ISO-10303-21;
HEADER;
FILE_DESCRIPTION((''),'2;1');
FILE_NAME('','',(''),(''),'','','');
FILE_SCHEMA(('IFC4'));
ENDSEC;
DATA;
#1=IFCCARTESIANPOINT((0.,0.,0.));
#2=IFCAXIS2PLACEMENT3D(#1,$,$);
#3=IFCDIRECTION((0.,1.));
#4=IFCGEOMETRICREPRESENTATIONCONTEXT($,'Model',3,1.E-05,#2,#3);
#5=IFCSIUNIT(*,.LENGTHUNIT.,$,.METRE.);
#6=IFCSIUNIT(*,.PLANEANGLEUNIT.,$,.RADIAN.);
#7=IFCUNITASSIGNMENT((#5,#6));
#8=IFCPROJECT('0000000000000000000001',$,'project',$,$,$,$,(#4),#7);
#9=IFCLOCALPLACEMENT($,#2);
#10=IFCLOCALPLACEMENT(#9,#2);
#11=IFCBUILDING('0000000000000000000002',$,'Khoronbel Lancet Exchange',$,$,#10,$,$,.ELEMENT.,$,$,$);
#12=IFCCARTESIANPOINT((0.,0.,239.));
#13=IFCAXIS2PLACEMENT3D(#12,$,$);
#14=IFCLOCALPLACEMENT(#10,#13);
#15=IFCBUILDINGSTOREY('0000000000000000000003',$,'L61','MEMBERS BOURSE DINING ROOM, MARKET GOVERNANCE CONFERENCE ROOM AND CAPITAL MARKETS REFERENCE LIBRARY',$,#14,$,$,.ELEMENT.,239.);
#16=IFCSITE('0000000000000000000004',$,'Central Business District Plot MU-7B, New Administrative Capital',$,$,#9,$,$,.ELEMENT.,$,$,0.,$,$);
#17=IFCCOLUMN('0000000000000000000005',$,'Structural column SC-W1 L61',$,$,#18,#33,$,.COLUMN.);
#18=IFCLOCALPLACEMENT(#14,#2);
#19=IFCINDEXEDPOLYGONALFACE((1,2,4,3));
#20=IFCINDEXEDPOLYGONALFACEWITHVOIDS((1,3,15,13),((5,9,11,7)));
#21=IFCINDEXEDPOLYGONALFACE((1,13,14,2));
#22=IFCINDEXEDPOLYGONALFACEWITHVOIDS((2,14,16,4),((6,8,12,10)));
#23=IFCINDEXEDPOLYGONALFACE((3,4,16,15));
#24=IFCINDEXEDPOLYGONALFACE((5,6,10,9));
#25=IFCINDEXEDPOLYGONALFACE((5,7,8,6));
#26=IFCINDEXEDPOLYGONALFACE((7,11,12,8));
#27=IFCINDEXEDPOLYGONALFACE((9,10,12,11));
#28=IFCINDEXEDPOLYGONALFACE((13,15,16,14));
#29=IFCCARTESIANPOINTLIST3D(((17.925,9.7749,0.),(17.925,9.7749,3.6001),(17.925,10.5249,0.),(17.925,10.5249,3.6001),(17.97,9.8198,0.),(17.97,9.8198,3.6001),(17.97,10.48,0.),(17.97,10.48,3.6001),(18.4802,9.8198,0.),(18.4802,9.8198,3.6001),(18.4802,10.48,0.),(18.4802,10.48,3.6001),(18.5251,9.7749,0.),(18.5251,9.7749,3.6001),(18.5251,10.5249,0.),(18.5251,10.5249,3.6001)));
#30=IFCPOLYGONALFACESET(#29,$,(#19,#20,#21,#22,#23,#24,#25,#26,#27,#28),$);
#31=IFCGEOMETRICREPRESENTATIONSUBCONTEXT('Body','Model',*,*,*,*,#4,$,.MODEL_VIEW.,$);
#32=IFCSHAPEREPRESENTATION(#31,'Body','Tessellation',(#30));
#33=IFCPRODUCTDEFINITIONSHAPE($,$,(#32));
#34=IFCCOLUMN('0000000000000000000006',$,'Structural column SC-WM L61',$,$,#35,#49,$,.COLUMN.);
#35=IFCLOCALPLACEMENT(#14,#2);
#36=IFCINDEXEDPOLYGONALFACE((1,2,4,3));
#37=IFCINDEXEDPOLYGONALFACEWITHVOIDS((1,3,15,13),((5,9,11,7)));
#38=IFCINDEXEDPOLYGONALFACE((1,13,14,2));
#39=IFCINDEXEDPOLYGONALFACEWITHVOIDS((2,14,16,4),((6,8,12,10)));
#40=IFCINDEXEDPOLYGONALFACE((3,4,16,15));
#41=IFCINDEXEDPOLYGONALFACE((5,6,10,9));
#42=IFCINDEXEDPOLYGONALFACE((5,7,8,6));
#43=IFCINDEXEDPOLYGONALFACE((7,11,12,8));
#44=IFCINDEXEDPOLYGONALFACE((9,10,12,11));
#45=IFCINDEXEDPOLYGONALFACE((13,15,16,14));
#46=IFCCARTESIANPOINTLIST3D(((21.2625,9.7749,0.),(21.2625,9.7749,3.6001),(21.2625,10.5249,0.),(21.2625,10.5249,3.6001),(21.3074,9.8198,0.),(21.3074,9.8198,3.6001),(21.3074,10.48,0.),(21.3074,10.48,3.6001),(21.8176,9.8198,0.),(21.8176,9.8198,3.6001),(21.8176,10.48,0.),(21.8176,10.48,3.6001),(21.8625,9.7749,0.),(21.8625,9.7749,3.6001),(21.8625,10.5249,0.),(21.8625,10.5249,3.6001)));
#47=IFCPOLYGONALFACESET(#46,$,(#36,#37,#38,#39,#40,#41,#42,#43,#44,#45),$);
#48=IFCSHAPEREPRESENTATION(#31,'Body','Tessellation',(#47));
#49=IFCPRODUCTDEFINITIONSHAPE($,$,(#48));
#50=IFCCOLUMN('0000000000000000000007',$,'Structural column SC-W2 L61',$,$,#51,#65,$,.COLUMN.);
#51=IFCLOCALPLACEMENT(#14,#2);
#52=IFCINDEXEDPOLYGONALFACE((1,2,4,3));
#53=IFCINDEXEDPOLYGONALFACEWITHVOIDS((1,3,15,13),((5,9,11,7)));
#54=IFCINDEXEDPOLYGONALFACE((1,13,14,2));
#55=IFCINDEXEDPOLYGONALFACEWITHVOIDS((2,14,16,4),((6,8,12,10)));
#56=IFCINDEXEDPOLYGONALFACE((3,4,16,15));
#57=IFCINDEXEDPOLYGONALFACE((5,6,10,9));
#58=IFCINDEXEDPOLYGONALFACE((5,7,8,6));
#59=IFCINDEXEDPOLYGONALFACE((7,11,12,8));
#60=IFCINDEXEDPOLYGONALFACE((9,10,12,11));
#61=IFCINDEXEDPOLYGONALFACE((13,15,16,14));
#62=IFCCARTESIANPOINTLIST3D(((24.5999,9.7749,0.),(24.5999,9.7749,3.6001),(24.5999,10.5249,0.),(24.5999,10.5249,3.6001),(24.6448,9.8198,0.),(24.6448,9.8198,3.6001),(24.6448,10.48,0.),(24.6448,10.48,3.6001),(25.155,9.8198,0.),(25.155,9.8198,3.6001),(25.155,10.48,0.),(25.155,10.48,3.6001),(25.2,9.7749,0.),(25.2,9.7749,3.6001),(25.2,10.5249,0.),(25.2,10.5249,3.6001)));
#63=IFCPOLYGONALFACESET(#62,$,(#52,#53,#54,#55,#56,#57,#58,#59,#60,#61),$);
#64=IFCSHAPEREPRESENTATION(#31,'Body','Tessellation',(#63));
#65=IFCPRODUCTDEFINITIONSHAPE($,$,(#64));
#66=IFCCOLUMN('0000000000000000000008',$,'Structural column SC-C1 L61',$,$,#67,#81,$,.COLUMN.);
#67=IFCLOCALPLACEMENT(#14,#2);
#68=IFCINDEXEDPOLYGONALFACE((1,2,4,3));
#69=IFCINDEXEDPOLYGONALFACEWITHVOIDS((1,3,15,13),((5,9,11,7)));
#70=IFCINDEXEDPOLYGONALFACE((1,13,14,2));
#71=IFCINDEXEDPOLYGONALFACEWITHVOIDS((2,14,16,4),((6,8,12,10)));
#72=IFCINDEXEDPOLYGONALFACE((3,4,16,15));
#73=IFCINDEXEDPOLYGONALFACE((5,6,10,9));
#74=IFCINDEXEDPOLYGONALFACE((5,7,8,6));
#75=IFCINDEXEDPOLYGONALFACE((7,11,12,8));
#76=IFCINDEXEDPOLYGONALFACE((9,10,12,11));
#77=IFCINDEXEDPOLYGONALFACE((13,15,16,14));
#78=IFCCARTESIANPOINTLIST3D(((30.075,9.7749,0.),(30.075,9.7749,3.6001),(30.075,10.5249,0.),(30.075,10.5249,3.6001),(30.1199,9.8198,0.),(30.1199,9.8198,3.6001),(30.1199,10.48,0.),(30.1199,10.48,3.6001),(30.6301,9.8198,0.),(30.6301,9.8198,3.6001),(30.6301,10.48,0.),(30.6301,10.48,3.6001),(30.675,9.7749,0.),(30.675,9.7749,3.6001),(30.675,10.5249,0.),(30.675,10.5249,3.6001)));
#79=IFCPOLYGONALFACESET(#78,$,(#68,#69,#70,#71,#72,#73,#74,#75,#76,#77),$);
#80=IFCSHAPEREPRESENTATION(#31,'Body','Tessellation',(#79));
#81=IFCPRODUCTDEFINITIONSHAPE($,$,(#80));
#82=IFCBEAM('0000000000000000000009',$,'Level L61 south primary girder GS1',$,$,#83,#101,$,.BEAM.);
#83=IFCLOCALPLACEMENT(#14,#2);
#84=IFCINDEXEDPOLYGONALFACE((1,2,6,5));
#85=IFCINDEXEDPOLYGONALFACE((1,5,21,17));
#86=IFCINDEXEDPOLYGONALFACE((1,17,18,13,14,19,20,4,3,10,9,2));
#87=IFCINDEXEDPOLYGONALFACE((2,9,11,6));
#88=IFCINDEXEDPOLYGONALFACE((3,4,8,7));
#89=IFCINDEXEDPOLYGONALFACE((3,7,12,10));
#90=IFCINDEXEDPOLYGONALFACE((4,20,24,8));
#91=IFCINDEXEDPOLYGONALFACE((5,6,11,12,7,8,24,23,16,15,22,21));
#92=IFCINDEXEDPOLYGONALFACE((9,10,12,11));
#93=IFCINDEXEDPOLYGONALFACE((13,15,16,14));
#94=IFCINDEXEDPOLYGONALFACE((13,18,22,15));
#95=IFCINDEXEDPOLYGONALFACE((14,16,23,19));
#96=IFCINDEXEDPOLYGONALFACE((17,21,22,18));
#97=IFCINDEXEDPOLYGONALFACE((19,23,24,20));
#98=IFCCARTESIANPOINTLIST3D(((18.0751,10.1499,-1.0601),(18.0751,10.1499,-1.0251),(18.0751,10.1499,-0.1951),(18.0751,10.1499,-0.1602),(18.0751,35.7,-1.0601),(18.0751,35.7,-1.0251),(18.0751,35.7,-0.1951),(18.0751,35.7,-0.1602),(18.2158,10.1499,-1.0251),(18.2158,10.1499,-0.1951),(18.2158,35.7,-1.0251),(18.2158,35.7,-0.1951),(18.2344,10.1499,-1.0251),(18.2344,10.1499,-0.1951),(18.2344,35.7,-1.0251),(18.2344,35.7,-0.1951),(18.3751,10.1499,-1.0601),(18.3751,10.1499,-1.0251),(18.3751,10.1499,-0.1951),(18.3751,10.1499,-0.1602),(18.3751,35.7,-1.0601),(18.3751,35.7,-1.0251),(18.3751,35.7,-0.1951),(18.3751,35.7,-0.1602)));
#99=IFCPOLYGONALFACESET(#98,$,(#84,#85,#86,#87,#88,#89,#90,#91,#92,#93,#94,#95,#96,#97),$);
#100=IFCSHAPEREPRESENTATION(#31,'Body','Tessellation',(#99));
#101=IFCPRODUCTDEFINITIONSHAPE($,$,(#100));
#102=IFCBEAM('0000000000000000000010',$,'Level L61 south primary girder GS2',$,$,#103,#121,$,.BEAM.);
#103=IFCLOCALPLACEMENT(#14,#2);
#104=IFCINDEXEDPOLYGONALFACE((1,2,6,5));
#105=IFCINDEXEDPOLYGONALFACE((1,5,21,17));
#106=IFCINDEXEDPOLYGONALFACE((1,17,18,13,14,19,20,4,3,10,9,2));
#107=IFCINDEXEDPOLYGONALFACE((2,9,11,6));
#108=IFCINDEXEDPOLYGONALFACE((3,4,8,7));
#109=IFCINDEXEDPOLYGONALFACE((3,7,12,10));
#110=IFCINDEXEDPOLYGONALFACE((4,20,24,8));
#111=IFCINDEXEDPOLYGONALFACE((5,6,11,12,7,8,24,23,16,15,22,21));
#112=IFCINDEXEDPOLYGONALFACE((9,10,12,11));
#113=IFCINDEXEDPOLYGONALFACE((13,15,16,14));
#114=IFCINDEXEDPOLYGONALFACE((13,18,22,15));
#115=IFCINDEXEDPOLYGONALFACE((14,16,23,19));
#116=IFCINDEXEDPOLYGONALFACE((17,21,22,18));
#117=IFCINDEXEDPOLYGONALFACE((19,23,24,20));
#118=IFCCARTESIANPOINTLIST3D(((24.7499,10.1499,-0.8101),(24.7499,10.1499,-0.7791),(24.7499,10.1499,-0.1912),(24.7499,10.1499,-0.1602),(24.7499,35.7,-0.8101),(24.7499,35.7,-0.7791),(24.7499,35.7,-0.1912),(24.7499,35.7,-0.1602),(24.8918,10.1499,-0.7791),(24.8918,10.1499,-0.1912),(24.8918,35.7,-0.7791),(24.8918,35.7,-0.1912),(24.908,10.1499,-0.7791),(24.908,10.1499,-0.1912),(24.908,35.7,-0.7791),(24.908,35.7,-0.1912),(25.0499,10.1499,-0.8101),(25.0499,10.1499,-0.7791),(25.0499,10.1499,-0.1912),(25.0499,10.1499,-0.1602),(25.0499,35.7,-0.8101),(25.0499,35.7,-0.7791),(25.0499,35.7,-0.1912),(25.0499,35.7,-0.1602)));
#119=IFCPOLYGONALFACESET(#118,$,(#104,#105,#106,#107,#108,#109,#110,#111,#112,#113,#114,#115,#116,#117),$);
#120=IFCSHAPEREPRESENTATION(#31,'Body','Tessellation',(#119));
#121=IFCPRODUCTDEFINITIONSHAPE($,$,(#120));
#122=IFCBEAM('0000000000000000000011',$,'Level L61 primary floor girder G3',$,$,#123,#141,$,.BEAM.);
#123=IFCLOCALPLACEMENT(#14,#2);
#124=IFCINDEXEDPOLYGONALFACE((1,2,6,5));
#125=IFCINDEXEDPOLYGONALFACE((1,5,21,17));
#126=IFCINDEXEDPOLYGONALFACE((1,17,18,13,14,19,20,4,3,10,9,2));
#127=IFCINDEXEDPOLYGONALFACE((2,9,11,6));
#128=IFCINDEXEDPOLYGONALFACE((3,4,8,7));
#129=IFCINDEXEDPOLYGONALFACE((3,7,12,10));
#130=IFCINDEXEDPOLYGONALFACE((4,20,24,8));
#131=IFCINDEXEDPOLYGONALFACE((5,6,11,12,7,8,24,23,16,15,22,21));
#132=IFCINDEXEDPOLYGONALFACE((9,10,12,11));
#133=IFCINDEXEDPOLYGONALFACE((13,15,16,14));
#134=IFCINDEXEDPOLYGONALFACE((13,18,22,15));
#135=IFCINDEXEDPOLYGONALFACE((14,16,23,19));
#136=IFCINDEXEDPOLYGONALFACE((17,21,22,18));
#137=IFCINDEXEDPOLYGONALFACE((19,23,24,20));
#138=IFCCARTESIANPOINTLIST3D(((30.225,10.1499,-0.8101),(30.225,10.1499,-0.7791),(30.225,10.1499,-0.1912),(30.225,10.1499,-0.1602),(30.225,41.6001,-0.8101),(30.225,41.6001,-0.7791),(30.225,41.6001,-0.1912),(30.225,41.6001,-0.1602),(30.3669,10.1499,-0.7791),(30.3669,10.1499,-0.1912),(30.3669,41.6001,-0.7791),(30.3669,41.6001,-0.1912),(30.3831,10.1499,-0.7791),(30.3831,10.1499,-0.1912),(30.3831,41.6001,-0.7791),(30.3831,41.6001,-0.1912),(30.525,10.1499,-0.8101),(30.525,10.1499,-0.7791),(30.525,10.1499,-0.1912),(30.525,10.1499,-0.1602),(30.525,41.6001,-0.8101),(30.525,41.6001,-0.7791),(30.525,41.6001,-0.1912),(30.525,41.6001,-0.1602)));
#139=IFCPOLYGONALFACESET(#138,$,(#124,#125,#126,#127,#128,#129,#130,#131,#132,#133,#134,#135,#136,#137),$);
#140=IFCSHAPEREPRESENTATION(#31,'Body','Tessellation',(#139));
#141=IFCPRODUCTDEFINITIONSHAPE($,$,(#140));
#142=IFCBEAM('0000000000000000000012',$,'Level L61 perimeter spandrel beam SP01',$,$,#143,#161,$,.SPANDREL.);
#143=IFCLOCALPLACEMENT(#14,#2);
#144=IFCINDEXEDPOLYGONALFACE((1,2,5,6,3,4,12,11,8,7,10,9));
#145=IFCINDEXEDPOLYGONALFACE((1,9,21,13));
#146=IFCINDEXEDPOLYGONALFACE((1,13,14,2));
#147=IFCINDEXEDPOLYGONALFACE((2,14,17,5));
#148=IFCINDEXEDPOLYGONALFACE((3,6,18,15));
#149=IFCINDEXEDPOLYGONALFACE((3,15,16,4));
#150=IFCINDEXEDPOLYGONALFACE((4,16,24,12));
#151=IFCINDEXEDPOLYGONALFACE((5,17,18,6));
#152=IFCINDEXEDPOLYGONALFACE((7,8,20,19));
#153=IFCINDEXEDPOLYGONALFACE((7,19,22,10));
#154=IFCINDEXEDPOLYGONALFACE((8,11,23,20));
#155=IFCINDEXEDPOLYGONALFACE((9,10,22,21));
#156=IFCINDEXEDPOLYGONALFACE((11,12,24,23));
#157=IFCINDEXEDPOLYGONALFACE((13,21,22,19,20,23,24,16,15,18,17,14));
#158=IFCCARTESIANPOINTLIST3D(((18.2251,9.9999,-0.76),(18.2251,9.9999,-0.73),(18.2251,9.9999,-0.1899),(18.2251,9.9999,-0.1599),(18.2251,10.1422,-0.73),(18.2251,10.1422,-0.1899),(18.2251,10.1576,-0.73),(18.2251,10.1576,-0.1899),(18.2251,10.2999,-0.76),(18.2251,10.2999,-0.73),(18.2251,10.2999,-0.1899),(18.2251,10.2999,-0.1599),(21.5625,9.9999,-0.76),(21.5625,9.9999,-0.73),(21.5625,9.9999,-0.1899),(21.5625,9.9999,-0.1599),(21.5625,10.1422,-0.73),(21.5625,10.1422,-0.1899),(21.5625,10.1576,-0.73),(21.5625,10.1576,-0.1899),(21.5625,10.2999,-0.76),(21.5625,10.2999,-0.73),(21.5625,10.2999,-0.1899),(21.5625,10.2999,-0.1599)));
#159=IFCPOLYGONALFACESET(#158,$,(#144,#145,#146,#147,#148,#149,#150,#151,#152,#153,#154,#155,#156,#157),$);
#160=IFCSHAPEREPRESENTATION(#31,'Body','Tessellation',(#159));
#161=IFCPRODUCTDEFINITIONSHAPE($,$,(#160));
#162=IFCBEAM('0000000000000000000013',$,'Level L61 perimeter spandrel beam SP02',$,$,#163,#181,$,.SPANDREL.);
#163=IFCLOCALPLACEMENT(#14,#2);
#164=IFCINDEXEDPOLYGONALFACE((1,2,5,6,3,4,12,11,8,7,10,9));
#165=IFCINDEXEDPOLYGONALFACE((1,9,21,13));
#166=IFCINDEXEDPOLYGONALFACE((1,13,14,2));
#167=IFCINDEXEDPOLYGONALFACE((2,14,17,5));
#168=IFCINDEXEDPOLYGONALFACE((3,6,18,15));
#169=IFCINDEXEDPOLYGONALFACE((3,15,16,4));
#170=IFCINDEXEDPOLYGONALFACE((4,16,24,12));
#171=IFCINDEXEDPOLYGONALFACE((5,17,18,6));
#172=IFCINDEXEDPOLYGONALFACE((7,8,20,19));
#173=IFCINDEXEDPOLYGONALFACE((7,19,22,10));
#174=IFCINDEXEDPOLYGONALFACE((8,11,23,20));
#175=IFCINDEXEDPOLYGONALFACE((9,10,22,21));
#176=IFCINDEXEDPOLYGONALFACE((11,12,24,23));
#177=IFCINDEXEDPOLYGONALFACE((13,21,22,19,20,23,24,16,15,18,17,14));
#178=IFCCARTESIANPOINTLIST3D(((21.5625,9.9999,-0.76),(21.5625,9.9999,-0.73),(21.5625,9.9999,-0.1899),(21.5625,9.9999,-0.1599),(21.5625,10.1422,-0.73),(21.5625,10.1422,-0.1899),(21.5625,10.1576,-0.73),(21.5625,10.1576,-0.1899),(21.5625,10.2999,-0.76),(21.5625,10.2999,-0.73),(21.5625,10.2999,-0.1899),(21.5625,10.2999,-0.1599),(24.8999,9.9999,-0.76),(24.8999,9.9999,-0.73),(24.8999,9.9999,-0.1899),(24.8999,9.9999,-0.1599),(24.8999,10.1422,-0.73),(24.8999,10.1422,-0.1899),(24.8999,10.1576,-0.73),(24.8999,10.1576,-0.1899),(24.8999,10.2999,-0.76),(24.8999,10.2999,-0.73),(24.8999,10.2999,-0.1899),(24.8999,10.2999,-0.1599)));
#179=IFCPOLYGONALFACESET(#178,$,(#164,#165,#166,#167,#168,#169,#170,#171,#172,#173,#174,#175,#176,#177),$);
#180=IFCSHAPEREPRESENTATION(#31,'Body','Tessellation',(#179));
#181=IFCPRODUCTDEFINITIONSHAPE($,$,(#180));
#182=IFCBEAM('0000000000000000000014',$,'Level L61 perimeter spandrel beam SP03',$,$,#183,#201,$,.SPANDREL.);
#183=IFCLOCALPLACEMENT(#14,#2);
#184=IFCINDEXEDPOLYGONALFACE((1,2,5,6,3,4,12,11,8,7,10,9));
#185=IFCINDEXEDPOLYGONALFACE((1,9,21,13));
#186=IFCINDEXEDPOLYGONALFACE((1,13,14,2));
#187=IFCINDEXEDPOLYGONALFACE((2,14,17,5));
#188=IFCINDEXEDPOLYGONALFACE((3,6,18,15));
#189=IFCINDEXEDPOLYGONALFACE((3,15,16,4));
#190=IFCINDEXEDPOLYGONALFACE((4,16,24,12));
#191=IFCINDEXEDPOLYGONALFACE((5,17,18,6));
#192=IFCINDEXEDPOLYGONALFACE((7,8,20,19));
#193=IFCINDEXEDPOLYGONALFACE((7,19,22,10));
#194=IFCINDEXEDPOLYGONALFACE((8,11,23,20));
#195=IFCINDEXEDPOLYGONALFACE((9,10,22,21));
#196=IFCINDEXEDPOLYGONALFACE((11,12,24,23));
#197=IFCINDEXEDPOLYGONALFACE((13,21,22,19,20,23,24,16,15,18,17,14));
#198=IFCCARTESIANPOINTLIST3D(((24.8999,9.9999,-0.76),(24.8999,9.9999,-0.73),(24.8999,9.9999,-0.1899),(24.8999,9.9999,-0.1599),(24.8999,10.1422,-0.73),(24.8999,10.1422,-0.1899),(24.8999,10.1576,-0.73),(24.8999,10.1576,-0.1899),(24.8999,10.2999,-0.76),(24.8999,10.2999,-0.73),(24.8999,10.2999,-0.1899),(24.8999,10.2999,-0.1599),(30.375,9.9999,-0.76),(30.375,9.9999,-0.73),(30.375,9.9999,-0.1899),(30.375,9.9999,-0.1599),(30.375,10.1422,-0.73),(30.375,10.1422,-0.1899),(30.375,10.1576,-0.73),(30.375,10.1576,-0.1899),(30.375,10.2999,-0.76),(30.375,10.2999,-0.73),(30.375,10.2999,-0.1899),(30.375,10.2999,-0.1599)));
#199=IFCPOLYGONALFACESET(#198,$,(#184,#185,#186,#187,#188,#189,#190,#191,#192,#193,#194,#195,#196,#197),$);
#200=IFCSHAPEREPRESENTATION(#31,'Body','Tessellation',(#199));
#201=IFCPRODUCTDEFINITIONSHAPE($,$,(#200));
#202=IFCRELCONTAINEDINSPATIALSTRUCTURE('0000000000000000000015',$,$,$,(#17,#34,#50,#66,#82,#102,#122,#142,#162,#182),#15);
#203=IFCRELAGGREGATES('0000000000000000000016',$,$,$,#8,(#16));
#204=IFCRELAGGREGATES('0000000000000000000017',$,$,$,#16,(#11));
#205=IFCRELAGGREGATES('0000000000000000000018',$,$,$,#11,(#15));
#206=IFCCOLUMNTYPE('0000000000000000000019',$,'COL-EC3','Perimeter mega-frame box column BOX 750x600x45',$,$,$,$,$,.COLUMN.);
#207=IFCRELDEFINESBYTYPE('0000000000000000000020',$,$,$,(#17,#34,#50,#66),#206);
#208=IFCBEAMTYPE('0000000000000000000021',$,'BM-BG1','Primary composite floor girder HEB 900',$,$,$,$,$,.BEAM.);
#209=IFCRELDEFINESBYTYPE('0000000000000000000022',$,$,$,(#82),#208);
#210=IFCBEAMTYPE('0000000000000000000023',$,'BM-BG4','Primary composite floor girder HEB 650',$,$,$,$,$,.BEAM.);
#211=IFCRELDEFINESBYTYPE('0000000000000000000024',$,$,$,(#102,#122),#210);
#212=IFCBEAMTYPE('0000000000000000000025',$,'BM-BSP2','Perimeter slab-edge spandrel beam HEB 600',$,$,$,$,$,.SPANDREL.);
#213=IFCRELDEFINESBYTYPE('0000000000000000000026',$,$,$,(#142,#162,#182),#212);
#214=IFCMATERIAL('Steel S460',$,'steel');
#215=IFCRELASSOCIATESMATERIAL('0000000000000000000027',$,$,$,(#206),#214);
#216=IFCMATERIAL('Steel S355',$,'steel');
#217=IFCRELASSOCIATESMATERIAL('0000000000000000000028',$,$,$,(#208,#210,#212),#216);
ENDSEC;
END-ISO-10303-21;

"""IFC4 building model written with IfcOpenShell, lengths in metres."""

from ifc_helpers import new_model, si_unit, direction, frame, origin, origin_2d, place, context, subcontext, project, spatial, hollow_rectangle, i_section, extrude, material, material_profile, profile_set, type_object, element, save


model = new_model("IFC4")

# Units and contexts
model_context = context("Model", 3, precision=1e-05, world=origin(), true_north=direction((0.0, 1.0)))
body_context = subcontext(model_context, "Body", "Model", "MODEL_VIEW")
ifc_project = project(units=[si_unit("LENGTHUNIT", "METRE"), si_unit("PLANEANGLEUNIT", "RADIAN")], contexts=[model_context])

# Site, building, storey
site_placement = place(None, origin())
site = spatial("IfcSite", under=ifc_project, at=site_placement, Name="Central Business District Plot MU-7B, New Administrative Capital", CompositionType="ELEMENT", RefElevation=0.0)
building_placement = place(site_placement, origin())
building = spatial("IfcBuilding", under=site, at=building_placement, Name="Khoronbel Lancet Exchange", CompositionType="ELEMENT")
storey_placement = place(building_placement, frame((0.0, 0.0, 239.0)))
storey = spatial("IfcBuildingStorey", under=building, at=storey_placement, Name="L61", Description="MEMBERS BOURSE DINING ROOM, MARKET GOVERNANCE CONFERENCE ROOM AND CAPITAL MARKETS REFERENCE LIBRARY", CompositionType="ELEMENT", Elevation=239.0)

# Columns
ifc_material_1 = material(Name="Steel S460", Category="steel")
ifc_material_profile_1 = material_profile(ifc_material_1, hollow_rectangle(XDim=0.6001, YDim=0.75, WallThickness=0.0449, at=origin_2d()), Name="BOX 750x600x45")
ifc_profile_set_1 = profile_set([ifc_material_profile_1], Name="Steel S460")
column_type = type_object("IfcColumnType", Name="COL-EC3", Description="Perimeter mega-frame box column BOX 750x600x45", PredefinedType="COLUMN", material=ifc_profile_set_1)
for number, where, z_axis, x_axis, name in (
    (1, (18.2251, 10.1499, 0.0), (0.0, 0.0, 1.0), (1.0, 0.0, 0.0), "Structural column SC-W1 L61"),
    (2, (21.5625, 10.1499, 0.0), (0.0, 0.0, 1.0), (1.0, 0.0, 0.0), "Structural column SC-WM L61"),
    (3, (24.8999, 10.1499, 0.0), (0.0, 0.0, 1.0), (1.0, 0.0, 0.0), "Structural column SC-W2 L61"),
    (4, (30.375, 10.1499, 0.0), (0.0, 0.0, 1.0), (1.0, 0.0, 0.0), "Structural column SC-C1 L61"),
):
    element("IfcColumn", number, at=place(storey_placement, frame(where, z_axis=z_axis, x_axis=x_axis)), inside=storey, type_object=column_type, Name=name, PredefinedType="COLUMN", context=body_context, shape_type="SweptSolid", body=[
        extrude(hollow_rectangle(XDim=0.6001, YDim=0.75, WallThickness=0.0449, at=origin_2d()), origin(), (0.0, 0.0, 1.0), 3.6001),
    ])

# Beams
ifc_material_2 = material(Name="Steel S355", Category="steel")
ifc_material_profile_2 = material_profile(ifc_material_2, i_section(OverallWidth=0.3, OverallDepth=0.8999, WebThickness=0.0186, FlangeThickness=0.0349, at=origin_2d()), Name="HEB 900")
ifc_profile_set_2 = profile_set([ifc_material_profile_2], Name="Steel S355")
beam_type_1 = type_object("IfcBeamType", Name="BM-BG1", Description="Primary composite floor girder HEB 900", PredefinedType="BEAM", material=ifc_profile_set_2)
beam_1_placement = place(storey_placement, frame((18.2251, 10.1499, -0.6101), z_axis=(0.0, 1.0, 0.0), x_axis=(-1.0, 0.0, 0.0)))
element("IfcBeam", 5, at=beam_1_placement, inside=storey, type_object=beam_type_1, Name="Level L61 south primary girder GS1", PredefinedType="BEAM", context=body_context, shape_type="SweptSolid", body=[
    extrude(i_section(OverallWidth=0.3, OverallDepth=0.8999, WebThickness=0.0186, FlangeThickness=0.0349, at=origin_2d()), origin(), (0.0, 0.0, 1.0), 25.55),
])
ifc_material_profile_3 = material_profile(ifc_material_2, i_section(OverallWidth=0.3, OverallDepth=0.6499, WebThickness=0.0161, FlangeThickness=0.031, at=origin_2d()), Name="HEB 650")
ifc_profile_set_3 = profile_set([ifc_material_profile_3], Name="Steel S355")
beam_type_2 = type_object("IfcBeamType", Name="BM-BG4", Description="Primary composite floor girder HEB 650", PredefinedType="BEAM", material=ifc_profile_set_3)
beam_2_placement = place(storey_placement, frame((24.8999, 10.1499, -0.4851), z_axis=(0.0, 1.0, 0.0), x_axis=(-1.0, 0.0, 0.0)))
element("IfcBeam", 6, at=beam_2_placement, inside=storey, type_object=beam_type_2, Name="Level L61 south primary girder GS2", PredefinedType="BEAM", context=body_context, shape_type="SweptSolid", body=[
    extrude(i_section(OverallWidth=0.3, OverallDepth=0.6499, WebThickness=0.0161, FlangeThickness=0.031, at=origin_2d()), origin(), (0.0, 0.0, 1.0), 25.55),
])
beam_3_placement = place(storey_placement, frame((30.375, 10.1499, -0.4851), z_axis=(0.0, 1.0, 0.0), x_axis=(-1.0, 0.0, 0.0)))
element("IfcBeam", 7, at=beam_3_placement, inside=storey, type_object=beam_type_2, Name="Level L61 primary floor girder G3", PredefinedType="BEAM", context=body_context, shape_type="SweptSolid", body=[
    extrude(i_section(OverallWidth=0.3, OverallDepth=0.6499, WebThickness=0.0161, FlangeThickness=0.031, at=origin_2d()), origin(), (0.0, 0.0, 1.0), 31.4502),
])
ifc_material_profile_4 = material_profile(ifc_material_2, i_section(OverallWidth=0.3, OverallDepth=0.6001, WebThickness=0.0154, FlangeThickness=0.03, at=origin_2d()), Name="HEB 600")
ifc_profile_set_4 = profile_set([ifc_material_profile_4], Name="Steel S355")
beam_type_3 = type_object("IfcBeamType", Name="BM-BSP2", Description="Perimeter slab-edge spandrel beam HEB 600", PredefinedType="SPANDREL", material=ifc_profile_set_4)
for number, where, z_axis, x_axis, name in (
    (8, (18.2251, 10.1499, -0.46), (1.0, 0.0, 0.0), (0.0, 1.0, 0.0), "Level L61 perimeter spandrel beam SP01"),
    (9, (21.5625, 10.1499, -0.46), (1.0, 0.0, 0.0), (0.0, 1.0, 0.0), "Level L61 perimeter spandrel beam SP02"),
):
    element("IfcBeam", number, at=place(storey_placement, frame(where, z_axis=z_axis, x_axis=x_axis)), inside=storey, type_object=beam_type_3, Name=name, PredefinedType="SPANDREL", context=body_context, shape_type="SweptSolid", body=[
        extrude(i_section(OverallWidth=0.3, OverallDepth=0.6001, WebThickness=0.0154, FlangeThickness=0.03, at=origin_2d()), origin(), (0.0, 0.0, 1.0), 3.3374),
    ])
beam_4_placement = place(storey_placement, frame((24.8999, 10.1499, -0.46), z_axis=(1.0, 0.0, 0.0), x_axis=(0.0, 1.0, 0.0)))
element("IfcBeam", 10, at=beam_4_placement, inside=storey, type_object=beam_type_3, Name="Level L61 perimeter spandrel beam SP03", PredefinedType="SPANDREL", context=body_context, shape_type="SweptSolid", body=[
    extrude(i_section(OverallWidth=0.3, OverallDepth=0.6001, WebThickness=0.0154, FlangeThickness=0.03, at=origin_2d()), origin(), (0.0, 0.0, 1.0), 5.4751),
])

save(model, "model.ifc")
